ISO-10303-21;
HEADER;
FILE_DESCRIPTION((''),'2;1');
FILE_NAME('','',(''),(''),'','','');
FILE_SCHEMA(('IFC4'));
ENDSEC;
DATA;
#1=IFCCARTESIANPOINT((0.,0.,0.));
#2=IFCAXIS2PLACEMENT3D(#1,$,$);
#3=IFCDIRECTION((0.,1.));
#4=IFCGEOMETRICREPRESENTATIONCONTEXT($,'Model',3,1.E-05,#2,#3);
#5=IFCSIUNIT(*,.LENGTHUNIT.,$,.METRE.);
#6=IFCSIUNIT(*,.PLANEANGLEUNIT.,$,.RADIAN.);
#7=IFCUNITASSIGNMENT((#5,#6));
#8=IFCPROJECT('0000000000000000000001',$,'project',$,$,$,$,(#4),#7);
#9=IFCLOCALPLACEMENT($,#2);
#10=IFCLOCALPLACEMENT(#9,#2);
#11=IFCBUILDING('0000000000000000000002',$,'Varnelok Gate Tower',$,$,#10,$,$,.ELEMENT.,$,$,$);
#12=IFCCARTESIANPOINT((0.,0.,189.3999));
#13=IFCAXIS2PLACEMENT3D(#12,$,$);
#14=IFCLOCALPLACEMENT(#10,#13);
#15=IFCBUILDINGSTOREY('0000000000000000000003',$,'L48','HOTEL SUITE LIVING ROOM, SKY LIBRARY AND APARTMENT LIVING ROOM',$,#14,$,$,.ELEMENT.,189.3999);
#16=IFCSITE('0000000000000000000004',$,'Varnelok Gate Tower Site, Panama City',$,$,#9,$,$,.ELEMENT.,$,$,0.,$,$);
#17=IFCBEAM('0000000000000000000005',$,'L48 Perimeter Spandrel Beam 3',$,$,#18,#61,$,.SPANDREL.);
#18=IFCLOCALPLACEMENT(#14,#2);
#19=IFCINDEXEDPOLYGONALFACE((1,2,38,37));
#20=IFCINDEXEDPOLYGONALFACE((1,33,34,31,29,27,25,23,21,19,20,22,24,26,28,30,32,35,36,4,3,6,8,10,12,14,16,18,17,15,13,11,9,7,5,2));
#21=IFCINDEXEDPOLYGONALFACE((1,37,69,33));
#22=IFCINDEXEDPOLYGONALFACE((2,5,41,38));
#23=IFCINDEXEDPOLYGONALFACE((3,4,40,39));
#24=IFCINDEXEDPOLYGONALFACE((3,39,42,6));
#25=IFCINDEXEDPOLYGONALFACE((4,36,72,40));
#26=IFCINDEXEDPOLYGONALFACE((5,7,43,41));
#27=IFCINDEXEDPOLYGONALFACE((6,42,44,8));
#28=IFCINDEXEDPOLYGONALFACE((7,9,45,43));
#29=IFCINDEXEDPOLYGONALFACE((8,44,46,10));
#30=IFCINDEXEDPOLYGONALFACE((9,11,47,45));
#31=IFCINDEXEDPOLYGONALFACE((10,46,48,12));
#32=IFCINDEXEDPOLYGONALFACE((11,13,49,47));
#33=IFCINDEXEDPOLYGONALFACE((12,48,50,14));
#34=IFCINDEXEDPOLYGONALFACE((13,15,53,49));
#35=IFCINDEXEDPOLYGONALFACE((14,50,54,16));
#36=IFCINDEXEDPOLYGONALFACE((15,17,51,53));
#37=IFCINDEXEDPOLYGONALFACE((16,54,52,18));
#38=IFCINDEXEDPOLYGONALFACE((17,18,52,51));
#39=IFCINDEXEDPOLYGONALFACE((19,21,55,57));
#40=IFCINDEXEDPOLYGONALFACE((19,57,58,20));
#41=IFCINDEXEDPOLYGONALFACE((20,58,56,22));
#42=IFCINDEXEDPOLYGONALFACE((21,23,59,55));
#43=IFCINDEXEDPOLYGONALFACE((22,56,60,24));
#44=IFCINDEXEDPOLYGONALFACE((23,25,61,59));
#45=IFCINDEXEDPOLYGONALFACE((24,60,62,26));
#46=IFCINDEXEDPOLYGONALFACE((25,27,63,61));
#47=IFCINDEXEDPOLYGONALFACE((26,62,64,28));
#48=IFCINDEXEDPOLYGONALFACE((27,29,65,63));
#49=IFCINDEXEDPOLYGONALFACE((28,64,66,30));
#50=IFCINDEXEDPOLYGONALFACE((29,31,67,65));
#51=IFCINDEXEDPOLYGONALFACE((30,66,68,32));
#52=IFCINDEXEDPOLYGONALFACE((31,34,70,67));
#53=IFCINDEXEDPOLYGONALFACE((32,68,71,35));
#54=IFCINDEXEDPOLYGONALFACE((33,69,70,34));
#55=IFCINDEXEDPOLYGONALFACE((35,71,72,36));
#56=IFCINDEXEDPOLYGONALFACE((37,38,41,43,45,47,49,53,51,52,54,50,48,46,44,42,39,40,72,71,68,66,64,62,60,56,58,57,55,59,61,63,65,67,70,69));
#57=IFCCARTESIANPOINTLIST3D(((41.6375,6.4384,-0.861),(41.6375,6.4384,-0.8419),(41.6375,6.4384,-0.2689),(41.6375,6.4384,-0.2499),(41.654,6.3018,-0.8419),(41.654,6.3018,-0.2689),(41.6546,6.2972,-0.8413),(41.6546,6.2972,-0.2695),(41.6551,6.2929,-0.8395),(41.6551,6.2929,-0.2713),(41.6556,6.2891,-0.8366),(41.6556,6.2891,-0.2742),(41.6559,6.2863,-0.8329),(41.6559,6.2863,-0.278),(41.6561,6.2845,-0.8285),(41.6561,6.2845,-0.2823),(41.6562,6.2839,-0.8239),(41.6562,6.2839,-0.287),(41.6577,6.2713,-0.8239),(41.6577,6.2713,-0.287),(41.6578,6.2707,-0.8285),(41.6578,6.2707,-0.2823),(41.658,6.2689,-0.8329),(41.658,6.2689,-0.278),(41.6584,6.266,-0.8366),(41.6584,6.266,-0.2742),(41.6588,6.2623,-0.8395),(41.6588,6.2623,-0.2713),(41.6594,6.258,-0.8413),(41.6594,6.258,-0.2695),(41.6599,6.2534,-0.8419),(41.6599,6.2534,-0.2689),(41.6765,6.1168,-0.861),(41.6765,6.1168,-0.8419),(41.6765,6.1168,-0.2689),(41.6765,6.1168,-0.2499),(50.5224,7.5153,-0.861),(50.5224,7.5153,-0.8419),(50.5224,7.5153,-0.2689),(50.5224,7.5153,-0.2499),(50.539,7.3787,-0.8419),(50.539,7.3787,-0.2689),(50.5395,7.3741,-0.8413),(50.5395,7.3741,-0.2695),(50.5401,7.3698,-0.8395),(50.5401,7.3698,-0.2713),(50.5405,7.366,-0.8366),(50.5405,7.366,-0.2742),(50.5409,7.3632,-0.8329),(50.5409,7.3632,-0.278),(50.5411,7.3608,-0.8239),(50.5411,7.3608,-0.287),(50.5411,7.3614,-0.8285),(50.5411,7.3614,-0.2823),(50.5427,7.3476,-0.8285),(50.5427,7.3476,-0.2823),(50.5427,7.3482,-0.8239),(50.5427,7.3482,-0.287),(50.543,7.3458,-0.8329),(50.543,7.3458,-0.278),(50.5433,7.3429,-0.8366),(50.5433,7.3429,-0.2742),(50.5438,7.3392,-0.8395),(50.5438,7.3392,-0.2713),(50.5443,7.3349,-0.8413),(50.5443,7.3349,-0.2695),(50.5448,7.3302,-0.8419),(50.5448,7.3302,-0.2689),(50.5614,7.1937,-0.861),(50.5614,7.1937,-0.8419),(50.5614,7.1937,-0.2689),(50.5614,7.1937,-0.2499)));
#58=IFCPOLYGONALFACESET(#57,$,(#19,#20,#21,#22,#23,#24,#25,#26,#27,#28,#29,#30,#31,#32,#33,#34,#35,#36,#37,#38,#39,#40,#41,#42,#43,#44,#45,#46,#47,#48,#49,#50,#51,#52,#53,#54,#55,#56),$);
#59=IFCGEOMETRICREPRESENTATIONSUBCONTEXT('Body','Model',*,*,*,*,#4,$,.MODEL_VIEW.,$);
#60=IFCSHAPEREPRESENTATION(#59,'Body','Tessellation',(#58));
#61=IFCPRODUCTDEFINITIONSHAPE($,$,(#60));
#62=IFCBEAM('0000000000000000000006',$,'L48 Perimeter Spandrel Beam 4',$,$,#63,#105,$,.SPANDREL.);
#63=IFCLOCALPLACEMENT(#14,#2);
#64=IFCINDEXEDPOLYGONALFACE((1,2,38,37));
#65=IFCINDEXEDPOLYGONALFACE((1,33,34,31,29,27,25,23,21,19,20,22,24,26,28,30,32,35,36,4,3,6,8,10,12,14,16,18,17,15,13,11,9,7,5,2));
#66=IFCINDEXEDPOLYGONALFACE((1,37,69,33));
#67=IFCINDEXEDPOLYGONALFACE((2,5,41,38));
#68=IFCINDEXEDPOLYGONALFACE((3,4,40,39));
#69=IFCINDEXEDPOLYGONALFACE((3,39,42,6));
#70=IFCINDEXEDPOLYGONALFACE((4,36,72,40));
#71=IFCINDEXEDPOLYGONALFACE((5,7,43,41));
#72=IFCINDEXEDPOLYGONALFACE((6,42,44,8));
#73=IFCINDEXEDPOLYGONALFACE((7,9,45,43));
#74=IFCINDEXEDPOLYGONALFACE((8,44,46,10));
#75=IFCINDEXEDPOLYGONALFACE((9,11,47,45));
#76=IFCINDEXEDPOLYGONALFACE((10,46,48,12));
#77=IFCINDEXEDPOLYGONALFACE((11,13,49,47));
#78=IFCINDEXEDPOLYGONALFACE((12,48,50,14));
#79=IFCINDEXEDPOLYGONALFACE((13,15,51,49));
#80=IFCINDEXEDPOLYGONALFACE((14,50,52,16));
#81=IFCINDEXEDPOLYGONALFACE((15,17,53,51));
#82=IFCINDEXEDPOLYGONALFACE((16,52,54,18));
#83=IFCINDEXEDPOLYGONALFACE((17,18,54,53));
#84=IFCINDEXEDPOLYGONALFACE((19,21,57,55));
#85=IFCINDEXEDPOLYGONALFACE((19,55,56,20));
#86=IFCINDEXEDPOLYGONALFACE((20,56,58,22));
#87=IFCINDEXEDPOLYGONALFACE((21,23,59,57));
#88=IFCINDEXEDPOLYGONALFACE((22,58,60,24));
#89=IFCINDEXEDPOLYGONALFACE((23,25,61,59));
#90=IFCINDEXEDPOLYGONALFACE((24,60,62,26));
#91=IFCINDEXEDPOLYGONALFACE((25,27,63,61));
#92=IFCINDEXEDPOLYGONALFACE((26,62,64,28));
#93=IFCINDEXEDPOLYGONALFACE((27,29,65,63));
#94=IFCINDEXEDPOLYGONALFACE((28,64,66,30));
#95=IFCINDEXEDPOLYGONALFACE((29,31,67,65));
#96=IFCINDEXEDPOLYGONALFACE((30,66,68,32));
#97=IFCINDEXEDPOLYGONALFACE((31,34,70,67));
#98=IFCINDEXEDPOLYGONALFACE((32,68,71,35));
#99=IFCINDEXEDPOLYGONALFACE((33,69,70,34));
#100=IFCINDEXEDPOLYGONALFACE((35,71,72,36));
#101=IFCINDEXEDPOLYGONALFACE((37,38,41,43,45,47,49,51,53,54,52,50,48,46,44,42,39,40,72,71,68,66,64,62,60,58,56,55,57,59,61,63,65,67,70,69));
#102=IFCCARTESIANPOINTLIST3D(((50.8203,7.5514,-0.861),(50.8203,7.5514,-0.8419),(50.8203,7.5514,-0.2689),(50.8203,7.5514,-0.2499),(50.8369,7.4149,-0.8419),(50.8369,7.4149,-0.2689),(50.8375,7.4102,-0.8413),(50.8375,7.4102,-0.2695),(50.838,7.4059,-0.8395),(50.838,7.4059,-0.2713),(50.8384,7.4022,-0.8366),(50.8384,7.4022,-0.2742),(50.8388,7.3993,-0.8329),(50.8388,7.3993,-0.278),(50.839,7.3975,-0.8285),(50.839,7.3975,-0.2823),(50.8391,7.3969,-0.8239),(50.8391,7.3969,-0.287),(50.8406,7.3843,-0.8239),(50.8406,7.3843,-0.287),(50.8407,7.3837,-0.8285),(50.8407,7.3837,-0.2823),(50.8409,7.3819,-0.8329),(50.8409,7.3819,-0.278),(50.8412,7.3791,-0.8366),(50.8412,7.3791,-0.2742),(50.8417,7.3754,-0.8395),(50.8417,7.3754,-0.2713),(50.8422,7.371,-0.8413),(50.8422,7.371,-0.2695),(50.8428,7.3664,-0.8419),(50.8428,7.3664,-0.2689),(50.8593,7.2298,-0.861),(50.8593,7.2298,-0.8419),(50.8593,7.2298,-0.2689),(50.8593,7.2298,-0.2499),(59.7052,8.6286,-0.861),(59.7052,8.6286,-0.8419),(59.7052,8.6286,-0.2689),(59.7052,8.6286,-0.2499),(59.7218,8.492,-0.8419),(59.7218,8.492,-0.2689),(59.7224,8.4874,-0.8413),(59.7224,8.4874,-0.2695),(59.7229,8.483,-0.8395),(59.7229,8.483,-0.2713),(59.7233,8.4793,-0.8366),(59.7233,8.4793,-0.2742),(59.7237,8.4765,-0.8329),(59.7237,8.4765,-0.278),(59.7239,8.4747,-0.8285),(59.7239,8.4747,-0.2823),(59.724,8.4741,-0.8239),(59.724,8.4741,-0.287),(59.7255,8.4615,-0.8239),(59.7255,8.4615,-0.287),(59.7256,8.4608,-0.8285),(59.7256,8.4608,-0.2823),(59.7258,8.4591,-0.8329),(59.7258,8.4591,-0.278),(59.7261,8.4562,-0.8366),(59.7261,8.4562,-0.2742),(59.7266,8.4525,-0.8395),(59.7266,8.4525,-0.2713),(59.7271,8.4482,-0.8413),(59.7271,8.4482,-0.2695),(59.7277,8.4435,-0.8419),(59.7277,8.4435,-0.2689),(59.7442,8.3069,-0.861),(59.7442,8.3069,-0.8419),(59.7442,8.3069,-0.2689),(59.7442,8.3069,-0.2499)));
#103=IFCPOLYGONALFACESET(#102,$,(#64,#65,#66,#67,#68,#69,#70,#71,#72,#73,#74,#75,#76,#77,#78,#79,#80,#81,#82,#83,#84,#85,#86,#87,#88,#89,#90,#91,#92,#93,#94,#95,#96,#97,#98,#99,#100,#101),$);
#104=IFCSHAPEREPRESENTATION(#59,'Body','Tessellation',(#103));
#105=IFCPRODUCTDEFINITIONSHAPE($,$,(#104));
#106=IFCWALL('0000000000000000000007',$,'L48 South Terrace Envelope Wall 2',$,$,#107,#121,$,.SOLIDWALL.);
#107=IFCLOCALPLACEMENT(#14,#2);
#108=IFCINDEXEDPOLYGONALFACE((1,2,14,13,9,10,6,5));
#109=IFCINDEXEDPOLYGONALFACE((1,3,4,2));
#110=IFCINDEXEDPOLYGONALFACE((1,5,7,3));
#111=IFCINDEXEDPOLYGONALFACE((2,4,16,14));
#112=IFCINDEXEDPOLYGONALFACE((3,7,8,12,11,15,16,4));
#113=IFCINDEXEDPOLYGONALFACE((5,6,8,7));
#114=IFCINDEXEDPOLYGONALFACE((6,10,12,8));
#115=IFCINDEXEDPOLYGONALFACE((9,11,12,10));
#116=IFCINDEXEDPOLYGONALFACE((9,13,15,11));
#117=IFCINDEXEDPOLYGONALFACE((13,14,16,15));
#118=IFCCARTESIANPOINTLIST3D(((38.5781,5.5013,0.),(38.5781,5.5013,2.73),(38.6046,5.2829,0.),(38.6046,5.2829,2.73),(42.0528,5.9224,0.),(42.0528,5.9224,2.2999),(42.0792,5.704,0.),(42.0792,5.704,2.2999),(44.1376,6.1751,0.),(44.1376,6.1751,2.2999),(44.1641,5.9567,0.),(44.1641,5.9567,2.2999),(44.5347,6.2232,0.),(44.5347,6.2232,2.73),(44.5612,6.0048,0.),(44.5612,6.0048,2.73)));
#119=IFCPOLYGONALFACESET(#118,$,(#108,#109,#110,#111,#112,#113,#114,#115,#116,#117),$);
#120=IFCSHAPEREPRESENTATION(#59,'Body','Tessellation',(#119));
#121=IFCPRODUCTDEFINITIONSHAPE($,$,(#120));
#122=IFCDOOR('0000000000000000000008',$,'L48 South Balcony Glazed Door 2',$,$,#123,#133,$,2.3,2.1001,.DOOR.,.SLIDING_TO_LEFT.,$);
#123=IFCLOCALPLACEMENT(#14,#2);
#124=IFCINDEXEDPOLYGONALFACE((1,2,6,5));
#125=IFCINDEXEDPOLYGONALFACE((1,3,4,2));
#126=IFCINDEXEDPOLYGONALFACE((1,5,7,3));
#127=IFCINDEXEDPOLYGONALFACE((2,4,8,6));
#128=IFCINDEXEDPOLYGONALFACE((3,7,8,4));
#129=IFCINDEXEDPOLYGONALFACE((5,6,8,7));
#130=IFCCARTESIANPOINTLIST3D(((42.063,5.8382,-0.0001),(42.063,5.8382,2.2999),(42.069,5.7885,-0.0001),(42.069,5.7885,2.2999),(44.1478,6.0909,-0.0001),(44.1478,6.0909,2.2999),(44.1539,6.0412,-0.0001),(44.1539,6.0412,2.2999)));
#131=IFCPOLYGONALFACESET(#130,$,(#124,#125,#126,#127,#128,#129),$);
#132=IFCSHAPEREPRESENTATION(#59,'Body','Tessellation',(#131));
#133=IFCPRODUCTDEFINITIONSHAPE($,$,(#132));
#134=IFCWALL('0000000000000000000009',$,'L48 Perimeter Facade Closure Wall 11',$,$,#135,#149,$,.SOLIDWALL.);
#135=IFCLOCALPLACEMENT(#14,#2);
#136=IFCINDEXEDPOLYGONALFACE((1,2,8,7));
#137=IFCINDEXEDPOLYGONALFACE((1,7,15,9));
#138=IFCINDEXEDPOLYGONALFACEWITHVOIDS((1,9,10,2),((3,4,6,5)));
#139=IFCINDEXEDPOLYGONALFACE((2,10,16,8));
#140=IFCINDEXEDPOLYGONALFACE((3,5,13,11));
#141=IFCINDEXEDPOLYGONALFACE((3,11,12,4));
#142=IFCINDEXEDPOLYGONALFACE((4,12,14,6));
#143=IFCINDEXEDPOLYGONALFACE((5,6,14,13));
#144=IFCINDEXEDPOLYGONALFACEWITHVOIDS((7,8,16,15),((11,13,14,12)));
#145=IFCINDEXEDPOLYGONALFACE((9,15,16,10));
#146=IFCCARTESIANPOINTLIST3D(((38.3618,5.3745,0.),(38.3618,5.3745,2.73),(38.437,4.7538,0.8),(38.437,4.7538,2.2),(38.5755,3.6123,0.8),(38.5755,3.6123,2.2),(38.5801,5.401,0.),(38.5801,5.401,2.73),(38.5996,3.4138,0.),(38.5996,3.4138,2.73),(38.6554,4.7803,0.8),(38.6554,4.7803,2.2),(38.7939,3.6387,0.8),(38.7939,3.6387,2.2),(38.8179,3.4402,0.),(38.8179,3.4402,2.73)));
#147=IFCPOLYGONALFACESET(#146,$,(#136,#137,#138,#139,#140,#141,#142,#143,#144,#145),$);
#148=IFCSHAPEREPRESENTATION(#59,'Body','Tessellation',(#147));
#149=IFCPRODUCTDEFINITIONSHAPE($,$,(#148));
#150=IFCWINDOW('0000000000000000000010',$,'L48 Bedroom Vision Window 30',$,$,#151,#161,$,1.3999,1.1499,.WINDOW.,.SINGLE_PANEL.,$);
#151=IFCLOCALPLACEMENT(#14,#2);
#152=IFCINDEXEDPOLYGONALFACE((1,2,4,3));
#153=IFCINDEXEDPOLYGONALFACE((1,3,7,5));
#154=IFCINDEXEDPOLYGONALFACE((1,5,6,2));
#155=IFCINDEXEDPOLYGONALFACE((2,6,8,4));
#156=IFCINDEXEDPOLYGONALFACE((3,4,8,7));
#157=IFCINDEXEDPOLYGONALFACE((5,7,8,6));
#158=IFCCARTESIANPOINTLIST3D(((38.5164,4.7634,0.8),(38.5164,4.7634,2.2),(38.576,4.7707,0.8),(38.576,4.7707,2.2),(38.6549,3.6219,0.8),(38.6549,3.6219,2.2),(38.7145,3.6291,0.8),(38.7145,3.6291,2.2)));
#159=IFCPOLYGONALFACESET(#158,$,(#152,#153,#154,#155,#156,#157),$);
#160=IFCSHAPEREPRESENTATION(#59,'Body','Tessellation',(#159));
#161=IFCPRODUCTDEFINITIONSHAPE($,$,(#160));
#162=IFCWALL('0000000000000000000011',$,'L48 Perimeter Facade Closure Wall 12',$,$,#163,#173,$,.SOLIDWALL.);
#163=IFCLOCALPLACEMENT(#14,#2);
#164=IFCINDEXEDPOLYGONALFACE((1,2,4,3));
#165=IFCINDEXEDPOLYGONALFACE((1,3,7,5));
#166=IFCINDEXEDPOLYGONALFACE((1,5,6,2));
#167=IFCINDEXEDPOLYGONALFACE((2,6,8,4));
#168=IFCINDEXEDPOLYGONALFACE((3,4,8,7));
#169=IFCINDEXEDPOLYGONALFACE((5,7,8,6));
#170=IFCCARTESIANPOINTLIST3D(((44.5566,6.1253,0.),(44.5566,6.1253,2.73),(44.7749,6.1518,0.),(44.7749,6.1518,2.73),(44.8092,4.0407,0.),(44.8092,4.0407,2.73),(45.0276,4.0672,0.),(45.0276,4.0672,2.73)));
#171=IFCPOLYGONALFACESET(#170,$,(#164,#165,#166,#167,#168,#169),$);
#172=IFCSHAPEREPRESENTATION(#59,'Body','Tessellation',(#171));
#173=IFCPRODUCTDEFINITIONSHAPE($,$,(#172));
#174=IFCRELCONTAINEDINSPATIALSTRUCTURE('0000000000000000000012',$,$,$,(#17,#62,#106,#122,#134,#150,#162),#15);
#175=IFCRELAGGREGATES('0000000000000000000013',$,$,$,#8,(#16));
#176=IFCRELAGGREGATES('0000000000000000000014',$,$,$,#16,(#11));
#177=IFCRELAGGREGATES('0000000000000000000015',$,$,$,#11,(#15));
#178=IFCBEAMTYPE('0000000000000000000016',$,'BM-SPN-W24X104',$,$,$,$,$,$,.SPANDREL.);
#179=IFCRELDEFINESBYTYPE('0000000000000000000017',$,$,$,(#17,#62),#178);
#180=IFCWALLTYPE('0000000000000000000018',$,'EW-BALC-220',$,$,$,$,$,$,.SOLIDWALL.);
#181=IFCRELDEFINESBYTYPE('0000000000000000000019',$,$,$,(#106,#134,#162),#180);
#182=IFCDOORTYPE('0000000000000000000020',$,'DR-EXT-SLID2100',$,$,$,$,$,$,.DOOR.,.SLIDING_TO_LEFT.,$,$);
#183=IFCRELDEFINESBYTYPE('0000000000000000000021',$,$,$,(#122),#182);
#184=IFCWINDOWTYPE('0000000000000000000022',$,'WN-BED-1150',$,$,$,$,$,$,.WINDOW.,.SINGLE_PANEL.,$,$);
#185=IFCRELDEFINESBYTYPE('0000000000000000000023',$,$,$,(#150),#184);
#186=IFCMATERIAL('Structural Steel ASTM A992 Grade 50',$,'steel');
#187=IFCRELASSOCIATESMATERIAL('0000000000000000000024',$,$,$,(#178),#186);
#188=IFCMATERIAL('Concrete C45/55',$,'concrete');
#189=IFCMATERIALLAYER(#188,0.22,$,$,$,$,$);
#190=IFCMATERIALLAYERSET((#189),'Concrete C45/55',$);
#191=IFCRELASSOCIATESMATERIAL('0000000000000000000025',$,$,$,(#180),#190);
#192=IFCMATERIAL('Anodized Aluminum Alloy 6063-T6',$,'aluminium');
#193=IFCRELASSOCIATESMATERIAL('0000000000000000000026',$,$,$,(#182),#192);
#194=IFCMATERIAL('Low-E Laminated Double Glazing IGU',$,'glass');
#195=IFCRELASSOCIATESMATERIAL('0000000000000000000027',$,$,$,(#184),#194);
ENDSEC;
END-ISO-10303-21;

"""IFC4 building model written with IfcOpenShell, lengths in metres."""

from ifc_helpers import new_model, si_unit, direction, frame, frame_2d, origin, origin_2d, place, context, subcontext, project, spatial, rectangle, i_section, extrude, material, layer, layer_set, material_profile, profile_set, type_object, element, fill, save


model = new_model("IFC4")

# Units and contexts
model_context = context("Model", 3, precision=1e-05, world=origin(), true_north=direction((0.0, 1.0)))
body_context = subcontext(model_context, "Body", "Model", "MODEL_VIEW")
ifc_project = project(units=[si_unit("LENGTHUNIT", "METRE"), si_unit("PLANEANGLEUNIT", "RADIAN")], contexts=[model_context])

# Site, building, storey
site_placement = place(None, origin())
site = spatial("IfcSite", under=ifc_project, at=site_placement, Name="Varnelok Gate Tower Site, Panama City", CompositionType="ELEMENT", RefElevation=0.0)
building_placement = place(site_placement, origin())
building = spatial("IfcBuilding", under=site, at=building_placement, Name="Varnelok Gate Tower", CompositionType="ELEMENT")
storey_placement = place(building_placement, frame((0.0, 0.0, 189.3999)))
storey = spatial("IfcBuildingStorey", under=building, at=storey_placement, Name="L48", Description="HOTEL SUITE LIVING ROOM, SKY LIBRARY AND APARTMENT LIVING ROOM", CompositionType="ELEMENT", Elevation=189.3999)

# Shared definitions
ifc_material_1 = material(Name="Structural Steel ASTM A992 Grade 50", Category="steel")

# Beams
ifc_material_profile_1 = material_profile(ifc_material_1, i_section(OverallWidth=0.324, OverallDepth=0.6111, WebThickness=0.0127, FlangeThickness=0.019, FilletRadius=0.0181, at=origin_2d()), Name="W24X104")
ifc_profile_set_1 = profile_set([ifc_material_profile_1], Name="Structural Steel ASTM A992 Grade 50")
beam_type_1 = type_object("IfcBeamType", Name="BM-SPN-W24X104", PredefinedType="SPANDREL", material=ifc_profile_set_1)
for number, where, z_axis, x_axis, name in (
    (1, (41.657, 6.2776, -0.5554), (0.992735, 0.120324, 0.0), (-0.120324, 0.992735, 0.0), "L48 Perimeter Spandrel Beam 3"),
    (2, (50.8398, 7.3906, -0.5554), (0.992731, 0.120351, 0.0), (-0.120351, 0.992731, 0.0), "L48 Perimeter Spandrel Beam 4"),
):
    element("IfcBeam", number, at=place(storey_placement, frame(where, z_axis=z_axis, x_axis=x_axis)), inside=storey, type_object=beam_type_1, Name=name, PredefinedType="SPANDREL", context=body_context, shape_type="SweptSolid", body=[
        extrude(i_section(OverallWidth=0.324, OverallDepth=0.6111, WebThickness=0.0127, FlangeThickness=0.019, FilletRadius=0.0181, at=origin_2d()), origin(), (0.0, 0.0, 1.0), 8.95),
    ])

# Wall, opening, door
ifc_material_2 = material(Name="Concrete C45/55", Category="concrete")
ifc_layer_1 = layer(ifc_material_2, 0.22)
ifc_layer_set_1 = layer_set([ifc_layer_1], Name="Concrete C45/55")
wall_type_1 = type_object("IfcWallType", Name="EW-BALC-220", PredefinedType="SOLIDWALL", material=ifc_layer_set_1)
wall_1_placement = place(storey_placement, frame((44.5479, 6.114, 0.0), z_axis=(0.0, 0.0, 1.0), x_axis=(-0.992735, -0.120318, 0.0)))
wall_1 = element("IfcWall", 3, at=wall_1_placement, inside=storey, type_object=wall_type_1, Name="L48 South Terrace Envelope Wall 2", PredefinedType="SOLIDWALL", context=body_context, shape_type="SweptSolid", body=[
    extrude(rectangle(XDim=6.0002, YDim=0.22, at=frame_2d((3.0, 0.0))), origin(), (0.0, 0.0, 1.0), 2.73),
])
opening_1_placement = place(wall_1_placement, frame((0.3999, 0.0, 0.0)))
opening_1 = element("IfcOpeningElement", 4, at=opening_1_placement, cuts=wall_1, PredefinedType="OPENING", context=body_context, shape_type="SweptSolid", body=[
    extrude(rectangle(XDim=2.1001, YDim=2.3, at=frame_2d((1.05, 1.1499))), frame((0.0, 0.1199, 0.0), z_axis=(0.0, -1.0, 0.0), x_axis=(1.0, 0.0, 0.0)), (0.0, 0.0, 1.0), 0.24),
])
ifc_material_3 = material(Name="Anodized Aluminum Alloy 6063-T6", Category="aluminium")
door_type_1 = type_object("IfcDoorType", Name="DR-EXT-SLID2100", OperationType="SLIDING_TO_LEFT", PredefinedType="DOOR", material=ifc_material_3)
door_1_placement = place(opening_1_placement, origin())
door_1 = element("IfcDoor", 5, at=door_1_placement, inside=storey, type_object=door_type_1, Name="L48 South Balcony Glazed Door 2", OperationType="SLIDING_TO_LEFT", OverallHeight=2.3, OverallWidth=2.1001, PredefinedType="DOOR", context=body_context, shape_type="SweptSolid", body=[
    extrude(rectangle(XDim=2.1001, YDim=2.3, at=frame_2d((1.05, 1.1499))), frame((0.0, 0.0249, 0.0), z_axis=(0.0, -1.0, 0.0), x_axis=(1.0, 0.0, 0.0)), (0.0, 0.0, 1.0), 0.05),
])
fill(opening_1, door_1)

# Wall, opening, window
wall_2_placement = place(storey_placement, frame((38.7087, 3.427, 0.0), z_axis=(0.0, 0.0, 1.0), x_axis=(-0.120398, 0.992726, 0.0)))
wall_2 = element("IfcWall", 6, at=wall_2_placement, inside=storey, type_object=wall_type_1, Name="L48 Perimeter Facade Closure Wall 11", PredefinedType="SOLIDWALL", context=body_context, shape_type="SweptSolid", body=[
    extrude(rectangle(XDim=1.9751, YDim=0.22, at=frame_2d((0.9875, 0.0))), origin(), (0.0, 0.0, 1.0), 2.73),
])
opening_2_placement = place(wall_2_placement, frame((0.2, 0.0, 0.8)))
opening_2 = element("IfcOpeningElement", 7, at=opening_2_placement, cuts=wall_2, PredefinedType="OPENING", context=body_context, shape_type="SweptSolid", body=[
    extrude(rectangle(XDim=1.1499, YDim=1.3999, at=frame_2d((0.575, 0.7))), frame((0.0, 0.1199, 0.0), z_axis=(0.0, -1.0, 0.0), x_axis=(1.0, 0.0, 0.0)), (0.0, 0.0, 1.0), 0.24),
])
ifc_material_4 = material(Name="Low-E Laminated Double Glazing IGU", Category="glass")
window_type_1 = type_object("IfcWindowType", Name="WN-BED-1150", PartitioningType="SINGLE_PANEL", PredefinedType="WINDOW", material=ifc_material_4)
window_1_placement = place(opening_2_placement, origin())
window_1 = element("IfcWindow", 8, at=window_1_placement, inside=storey, type_object=window_type_1, Name="L48 Bedroom Vision Window 30", OverallHeight=1.3999, OverallWidth=1.1499, PartitioningType="SINGLE_PANEL", PredefinedType="WINDOW", context=body_context, shape_type="SweptSolid", body=[
    extrude(rectangle(XDim=1.1499, YDim=1.3999, at=frame_2d((0.575, 0.7))), frame((0.0, 0.03, 0.0), z_axis=(0.0, -1.0, 0.0), x_axis=(1.0, 0.0, 0.0)), (0.0, 0.0, 1.0), 0.0601),
])
fill(opening_2, window_1)

# Wall
wall_3_placement = place(storey_placement, frame((44.6658, 6.1384, 0.0), z_axis=(0.0, 0.0, 1.0), x_axis=(0.120328, -0.992734, 0.0)))
element("IfcWall", 9, at=wall_3_placement, inside=storey, type_object=wall_type_1, Name="L48 Perimeter Facade Closure Wall 12", PredefinedType="SOLIDWALL", context=body_context, shape_type="SweptSolid", body=[
    extrude(rectangle(XDim=2.0999, YDim=0.22, at=frame_2d((1.0498, 0.0))), origin(), (0.0, 0.0, 1.0), 2.73),
])

save(model, "model.ifc")
